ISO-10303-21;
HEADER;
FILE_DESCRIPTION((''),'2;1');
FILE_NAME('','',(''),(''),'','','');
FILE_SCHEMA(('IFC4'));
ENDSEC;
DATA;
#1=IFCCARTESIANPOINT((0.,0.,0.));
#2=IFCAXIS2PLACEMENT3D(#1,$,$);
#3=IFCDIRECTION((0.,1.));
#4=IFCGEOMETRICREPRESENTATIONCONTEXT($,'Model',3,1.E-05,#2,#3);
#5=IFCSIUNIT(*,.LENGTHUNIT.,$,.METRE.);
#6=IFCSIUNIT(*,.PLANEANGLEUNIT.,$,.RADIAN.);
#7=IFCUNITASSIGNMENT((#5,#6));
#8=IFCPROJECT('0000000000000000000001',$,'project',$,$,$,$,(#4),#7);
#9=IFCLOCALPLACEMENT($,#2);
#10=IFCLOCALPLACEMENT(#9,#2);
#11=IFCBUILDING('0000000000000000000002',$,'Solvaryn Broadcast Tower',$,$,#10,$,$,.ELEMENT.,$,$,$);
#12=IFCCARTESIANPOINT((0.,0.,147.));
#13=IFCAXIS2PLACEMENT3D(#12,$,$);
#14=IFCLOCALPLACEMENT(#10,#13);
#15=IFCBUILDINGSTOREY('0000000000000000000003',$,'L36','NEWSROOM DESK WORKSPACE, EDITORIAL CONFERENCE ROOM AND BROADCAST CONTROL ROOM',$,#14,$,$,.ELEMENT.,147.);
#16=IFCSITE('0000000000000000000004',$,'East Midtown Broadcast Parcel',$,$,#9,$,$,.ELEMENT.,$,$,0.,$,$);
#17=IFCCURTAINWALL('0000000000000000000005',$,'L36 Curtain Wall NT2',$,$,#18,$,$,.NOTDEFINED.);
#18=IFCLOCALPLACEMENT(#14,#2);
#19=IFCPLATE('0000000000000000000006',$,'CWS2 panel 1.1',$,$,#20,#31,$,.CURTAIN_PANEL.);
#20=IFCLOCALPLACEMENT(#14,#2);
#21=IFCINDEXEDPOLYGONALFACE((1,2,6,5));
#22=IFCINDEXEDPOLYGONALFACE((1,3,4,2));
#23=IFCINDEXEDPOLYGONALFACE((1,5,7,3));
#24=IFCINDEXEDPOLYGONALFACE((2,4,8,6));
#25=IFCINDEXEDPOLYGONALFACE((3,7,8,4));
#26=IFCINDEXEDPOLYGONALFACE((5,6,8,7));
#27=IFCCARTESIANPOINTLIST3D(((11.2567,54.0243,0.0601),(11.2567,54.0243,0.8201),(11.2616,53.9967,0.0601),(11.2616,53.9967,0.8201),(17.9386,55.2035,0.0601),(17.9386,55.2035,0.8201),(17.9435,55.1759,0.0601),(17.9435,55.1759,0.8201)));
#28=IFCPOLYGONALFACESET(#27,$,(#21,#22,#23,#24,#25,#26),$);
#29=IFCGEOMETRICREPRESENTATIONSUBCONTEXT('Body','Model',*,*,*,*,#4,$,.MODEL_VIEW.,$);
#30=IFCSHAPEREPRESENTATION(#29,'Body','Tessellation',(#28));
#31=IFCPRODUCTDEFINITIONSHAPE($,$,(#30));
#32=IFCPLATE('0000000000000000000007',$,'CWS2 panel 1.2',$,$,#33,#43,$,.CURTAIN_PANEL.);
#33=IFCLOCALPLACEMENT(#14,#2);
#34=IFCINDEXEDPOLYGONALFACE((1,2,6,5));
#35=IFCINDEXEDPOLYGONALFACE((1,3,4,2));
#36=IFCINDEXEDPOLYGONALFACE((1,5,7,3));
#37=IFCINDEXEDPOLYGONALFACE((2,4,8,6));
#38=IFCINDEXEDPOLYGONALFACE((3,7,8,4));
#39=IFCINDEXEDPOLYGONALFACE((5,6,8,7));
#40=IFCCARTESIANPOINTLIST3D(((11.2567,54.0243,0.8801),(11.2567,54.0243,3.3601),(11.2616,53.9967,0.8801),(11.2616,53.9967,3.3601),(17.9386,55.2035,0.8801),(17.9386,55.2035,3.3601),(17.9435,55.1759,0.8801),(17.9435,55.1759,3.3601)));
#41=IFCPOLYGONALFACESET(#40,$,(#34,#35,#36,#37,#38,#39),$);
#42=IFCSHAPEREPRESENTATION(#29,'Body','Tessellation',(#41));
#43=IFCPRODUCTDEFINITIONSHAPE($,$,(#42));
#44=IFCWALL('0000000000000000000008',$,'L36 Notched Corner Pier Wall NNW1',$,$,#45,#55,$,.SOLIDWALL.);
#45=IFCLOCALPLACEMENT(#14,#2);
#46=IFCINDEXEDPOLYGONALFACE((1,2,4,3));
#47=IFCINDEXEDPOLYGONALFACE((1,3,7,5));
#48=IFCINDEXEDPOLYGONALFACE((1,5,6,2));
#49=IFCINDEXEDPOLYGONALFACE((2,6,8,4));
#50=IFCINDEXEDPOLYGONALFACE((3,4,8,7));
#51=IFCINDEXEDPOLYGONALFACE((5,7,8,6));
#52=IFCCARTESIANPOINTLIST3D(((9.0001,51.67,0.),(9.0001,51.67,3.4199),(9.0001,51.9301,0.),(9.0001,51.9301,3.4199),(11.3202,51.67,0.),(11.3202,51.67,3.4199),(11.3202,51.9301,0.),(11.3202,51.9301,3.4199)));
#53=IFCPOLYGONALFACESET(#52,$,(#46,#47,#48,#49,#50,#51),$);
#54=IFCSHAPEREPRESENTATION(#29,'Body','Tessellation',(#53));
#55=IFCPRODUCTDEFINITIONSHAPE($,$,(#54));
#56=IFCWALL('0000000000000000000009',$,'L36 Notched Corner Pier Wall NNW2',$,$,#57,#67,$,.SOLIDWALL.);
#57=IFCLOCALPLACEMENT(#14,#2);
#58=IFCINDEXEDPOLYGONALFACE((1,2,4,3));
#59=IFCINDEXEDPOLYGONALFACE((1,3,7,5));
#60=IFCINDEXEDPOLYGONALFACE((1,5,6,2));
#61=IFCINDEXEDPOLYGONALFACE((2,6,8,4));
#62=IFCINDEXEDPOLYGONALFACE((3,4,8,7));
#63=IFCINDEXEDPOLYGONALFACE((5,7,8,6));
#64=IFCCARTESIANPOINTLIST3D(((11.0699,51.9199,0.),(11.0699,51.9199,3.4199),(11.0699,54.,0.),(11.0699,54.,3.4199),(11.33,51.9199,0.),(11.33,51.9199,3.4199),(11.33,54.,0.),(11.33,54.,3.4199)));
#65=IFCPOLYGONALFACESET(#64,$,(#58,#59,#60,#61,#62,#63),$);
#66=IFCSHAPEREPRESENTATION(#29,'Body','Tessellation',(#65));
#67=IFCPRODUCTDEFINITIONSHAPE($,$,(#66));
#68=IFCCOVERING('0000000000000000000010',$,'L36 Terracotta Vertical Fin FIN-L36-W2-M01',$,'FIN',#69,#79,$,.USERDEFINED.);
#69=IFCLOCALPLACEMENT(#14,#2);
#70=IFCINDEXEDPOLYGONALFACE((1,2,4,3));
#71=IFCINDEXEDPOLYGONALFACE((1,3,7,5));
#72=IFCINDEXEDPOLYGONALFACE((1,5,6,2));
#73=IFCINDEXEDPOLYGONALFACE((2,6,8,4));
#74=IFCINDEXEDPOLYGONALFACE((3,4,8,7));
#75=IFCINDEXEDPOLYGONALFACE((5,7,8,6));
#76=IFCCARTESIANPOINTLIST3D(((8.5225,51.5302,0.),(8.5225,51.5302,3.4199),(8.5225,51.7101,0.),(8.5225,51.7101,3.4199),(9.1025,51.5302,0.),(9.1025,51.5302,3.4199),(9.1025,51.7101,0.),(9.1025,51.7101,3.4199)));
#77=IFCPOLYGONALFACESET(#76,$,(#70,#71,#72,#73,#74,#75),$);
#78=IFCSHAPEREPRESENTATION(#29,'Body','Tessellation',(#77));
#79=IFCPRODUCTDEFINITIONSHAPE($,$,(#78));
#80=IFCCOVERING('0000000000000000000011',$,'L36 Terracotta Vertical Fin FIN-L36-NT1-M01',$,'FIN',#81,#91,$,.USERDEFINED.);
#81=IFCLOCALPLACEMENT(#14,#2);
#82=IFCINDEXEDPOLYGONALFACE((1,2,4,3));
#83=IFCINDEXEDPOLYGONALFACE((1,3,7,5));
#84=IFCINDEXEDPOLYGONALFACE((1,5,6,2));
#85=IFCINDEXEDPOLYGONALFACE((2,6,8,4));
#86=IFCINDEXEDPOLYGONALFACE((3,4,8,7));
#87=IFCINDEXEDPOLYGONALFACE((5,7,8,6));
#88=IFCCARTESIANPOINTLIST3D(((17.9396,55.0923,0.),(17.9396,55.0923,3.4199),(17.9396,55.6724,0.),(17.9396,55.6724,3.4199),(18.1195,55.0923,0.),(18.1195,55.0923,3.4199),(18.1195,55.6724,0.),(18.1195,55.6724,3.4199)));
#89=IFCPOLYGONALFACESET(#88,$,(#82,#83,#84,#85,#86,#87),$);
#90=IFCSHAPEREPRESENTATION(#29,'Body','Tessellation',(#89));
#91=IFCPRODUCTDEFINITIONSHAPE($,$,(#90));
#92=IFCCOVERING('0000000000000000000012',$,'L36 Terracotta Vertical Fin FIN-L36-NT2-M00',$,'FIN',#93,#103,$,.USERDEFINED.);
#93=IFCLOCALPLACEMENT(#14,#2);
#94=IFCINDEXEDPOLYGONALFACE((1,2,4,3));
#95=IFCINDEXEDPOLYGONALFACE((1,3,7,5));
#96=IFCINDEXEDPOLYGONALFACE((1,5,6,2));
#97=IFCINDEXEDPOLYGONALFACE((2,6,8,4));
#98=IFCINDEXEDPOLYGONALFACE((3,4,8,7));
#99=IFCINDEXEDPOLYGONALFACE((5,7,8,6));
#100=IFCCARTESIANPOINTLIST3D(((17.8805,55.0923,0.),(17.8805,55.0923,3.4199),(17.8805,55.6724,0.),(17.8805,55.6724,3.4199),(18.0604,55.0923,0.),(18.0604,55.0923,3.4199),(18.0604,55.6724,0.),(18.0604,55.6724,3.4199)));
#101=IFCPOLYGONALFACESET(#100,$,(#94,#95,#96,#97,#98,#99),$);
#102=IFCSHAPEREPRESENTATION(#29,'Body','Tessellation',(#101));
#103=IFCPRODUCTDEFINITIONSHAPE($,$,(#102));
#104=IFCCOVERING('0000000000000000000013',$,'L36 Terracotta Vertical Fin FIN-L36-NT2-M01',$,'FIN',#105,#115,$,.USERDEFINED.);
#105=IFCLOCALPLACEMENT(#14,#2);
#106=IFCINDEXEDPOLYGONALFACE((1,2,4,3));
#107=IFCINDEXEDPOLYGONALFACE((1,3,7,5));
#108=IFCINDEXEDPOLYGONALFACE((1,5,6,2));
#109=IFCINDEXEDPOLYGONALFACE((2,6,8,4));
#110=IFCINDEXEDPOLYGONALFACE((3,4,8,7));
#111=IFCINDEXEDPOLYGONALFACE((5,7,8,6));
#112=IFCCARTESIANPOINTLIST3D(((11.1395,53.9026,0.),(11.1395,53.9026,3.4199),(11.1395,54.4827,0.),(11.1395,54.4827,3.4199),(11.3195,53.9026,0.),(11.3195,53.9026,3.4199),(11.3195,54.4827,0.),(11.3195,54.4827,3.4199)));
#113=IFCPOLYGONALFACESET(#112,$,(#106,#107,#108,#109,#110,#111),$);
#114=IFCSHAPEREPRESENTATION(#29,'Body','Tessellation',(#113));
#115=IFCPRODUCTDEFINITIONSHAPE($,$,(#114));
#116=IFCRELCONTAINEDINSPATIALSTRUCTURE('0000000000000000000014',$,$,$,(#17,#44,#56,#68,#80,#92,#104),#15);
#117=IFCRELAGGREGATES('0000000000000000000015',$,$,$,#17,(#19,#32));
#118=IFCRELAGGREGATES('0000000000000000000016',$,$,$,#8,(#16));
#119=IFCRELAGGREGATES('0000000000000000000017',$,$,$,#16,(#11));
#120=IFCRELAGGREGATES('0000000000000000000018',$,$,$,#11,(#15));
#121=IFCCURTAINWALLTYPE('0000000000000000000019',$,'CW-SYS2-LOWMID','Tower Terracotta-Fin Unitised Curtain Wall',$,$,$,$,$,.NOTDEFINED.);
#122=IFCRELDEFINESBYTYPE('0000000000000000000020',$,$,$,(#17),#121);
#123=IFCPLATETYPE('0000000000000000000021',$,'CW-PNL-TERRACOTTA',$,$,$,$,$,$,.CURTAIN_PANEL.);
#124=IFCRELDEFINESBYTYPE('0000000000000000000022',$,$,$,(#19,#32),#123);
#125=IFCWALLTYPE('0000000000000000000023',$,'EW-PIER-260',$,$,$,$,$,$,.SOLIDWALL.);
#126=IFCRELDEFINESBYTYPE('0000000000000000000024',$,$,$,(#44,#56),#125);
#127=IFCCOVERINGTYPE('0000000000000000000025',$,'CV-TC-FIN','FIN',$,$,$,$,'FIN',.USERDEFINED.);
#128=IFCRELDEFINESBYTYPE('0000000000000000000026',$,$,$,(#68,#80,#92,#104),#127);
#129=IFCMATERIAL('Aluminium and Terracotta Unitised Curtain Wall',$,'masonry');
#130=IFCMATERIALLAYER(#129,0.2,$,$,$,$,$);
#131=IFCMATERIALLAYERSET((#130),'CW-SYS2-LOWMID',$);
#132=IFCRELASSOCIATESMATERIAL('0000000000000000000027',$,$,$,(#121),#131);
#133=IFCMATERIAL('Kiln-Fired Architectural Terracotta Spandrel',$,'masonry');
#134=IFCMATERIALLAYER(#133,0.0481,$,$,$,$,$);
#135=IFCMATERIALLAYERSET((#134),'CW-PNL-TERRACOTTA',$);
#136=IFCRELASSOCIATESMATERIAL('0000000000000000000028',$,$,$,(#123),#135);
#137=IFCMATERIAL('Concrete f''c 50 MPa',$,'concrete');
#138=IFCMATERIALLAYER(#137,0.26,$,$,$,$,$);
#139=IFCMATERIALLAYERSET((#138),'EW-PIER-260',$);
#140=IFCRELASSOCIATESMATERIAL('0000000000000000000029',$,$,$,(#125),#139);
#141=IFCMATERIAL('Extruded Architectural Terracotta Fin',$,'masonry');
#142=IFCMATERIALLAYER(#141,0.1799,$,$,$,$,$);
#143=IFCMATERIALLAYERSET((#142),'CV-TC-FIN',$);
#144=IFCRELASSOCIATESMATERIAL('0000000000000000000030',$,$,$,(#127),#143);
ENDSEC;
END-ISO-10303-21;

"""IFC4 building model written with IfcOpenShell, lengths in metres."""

from ifc_helpers import new_model, si_unit, direction, frame, frame_2d, origin, origin_2d, place, context, subcontext, project, spatial, rectangle, extrude, material, layer, layer_set, type_object, element, aggregate, save


model = new_model("IFC4")

# Units and contexts
model_context = context("Model", 3, precision=1e-05, world=origin(), true_north=direction((0.0, 1.0)))
body_context = subcontext(model_context, "Body", "Model", "MODEL_VIEW")
ifc_project = project(units=[si_unit("LENGTHUNIT", "METRE"), si_unit("PLANEANGLEUNIT", "RADIAN")], contexts=[model_context])

# Site, building, storey
site_placement = place(None, origin())
site = spatial("IfcSite", under=ifc_project, at=site_placement, Name="East Midtown Broadcast Parcel", CompositionType="ELEMENT", RefElevation=0.0)
building_placement = place(site_placement, origin())
building = spatial("IfcBuilding", under=site, at=building_placement, Name="Solvaryn Broadcast Tower", CompositionType="ELEMENT")
storey_placement = place(building_placement, frame((0.0, 0.0, 147.0)))
storey = spatial("IfcBuildingStorey", under=building, at=storey_placement, Name="L36", Description="NEWSROOM DESK WORKSPACE, EDITORIAL CONFERENCE ROOM AND BROADCAST CONTROL ROOM", CompositionType="ELEMENT", Elevation=147.0)

# Shared definitions
ifc_material_1 = material(Name="Aluminium and Terracotta Unitised Curtain Wall", Category="masonry")
ifc_layer_1 = layer(ifc_material_1, 0.2)
ifc_layer_set_1 = layer_set([ifc_layer_1], Name="CW-SYS2-LOWMID")
curtain_wall_type = type_object("IfcCurtainWallType", Name="CW-SYS2-LOWMID", Description="Tower Terracotta-Fin Unitised Curtain Wall", PredefinedType="NOTDEFINED", material=ifc_layer_set_1)

# Curtain wall
curtain_wall_1_placement = place(storey_placement, origin())
curtain_wall_1 = element("IfcCurtainWall", 1, at=curtain_wall_1_placement, inside=storey, type_object=curtain_wall_type, Name="L36 Curtain Wall NT2", PredefinedType="NOTDEFINED")

# Plates
ifc_material_2 = material(Name="Kiln-Fired Architectural Terracotta Spandrel", Category="masonry")
ifc_layer_2 = layer(ifc_material_2, 0.0481)
ifc_layer_set_2 = layer_set([ifc_layer_2], Name="CW-PNL-TERRACOTTA")
plate_type = type_object("IfcPlateType", Name="CW-PNL-TERRACOTTA", PredefinedType="CURTAIN_PANEL", material=ifc_layer_set_2)
plate_1_placement = place(storey_placement, frame((14.6001, 54.6001, 0.0601), z_axis=(0.0, 0.0, 1.0), x_axis=(-0.984784, -0.173785, 0.0)))
plate_1 = element("IfcPlate", 2, at=plate_1_placement, type_object=plate_type, Name="CWS2 panel 1.1", PredefinedType="CURTAIN_PANEL", context=body_context, shape_type="SweptSolid", body=[
    extrude(rectangle(XDim=6.7852, YDim=0.0281, at=origin_2d()), origin(), (0.0, 0.0, 1.0), 0.76),
])
plate_2_placement = place(storey_placement, frame((14.6001, 54.6001, 0.8801), z_axis=(0.0, 0.0, 1.0), x_axis=(-0.984784, -0.173785, 0.0)))
plate_2 = element("IfcPlate", 3, at=plate_2_placement, type_object=plate_type, Name="CWS2 panel 1.2", PredefinedType="CURTAIN_PANEL", context=body_context, shape_type="SweptSolid", body=[
    extrude(rectangle(XDim=6.7852, YDim=0.0281, at=origin_2d()), origin(), (0.0, 0.0, 1.0), 2.48),
])
aggregate(curtain_wall_1, [plate_1, plate_2])

# Walls
ifc_material_3 = material(Name="Concrete f'c 50 MPa", Category="concrete")
ifc_layer_3 = layer(ifc_material_3, 0.26)
ifc_layer_set_3 = layer_set([ifc_layer_3], Name="EW-PIER-260")
wall_type = type_object("IfcWallType", Name="EW-PIER-260", PredefinedType="SOLIDWALL", material=ifc_layer_set_3)
wall_1_placement = place(storey_placement, frame((9.0, 51.8, 0.0), z_axis=(0.0, 0.0, 1.0), x_axis=(1.0, 0.0, 0.0)))
element("IfcWall", 4, at=wall_1_placement, inside=storey, type_object=wall_type, Name="L36 Notched Corner Pier Wall NNW1", PredefinedType="SOLIDWALL", context=body_context, shape_type="SweptSolid", body=[
    extrude(rectangle(XDim=2.3201, YDim=0.26, at=frame_2d((1.1602, 0.0))), origin(), (0.0, 0.0, 1.0), 3.4199),
])
wall_2_placement = place(storey_placement, frame((11.2, 51.9199, 0.0), z_axis=(0.0, 0.0, 1.0), x_axis=(0.0, 1.0, 0.0)))
element("IfcWall", 5, at=wall_2_placement, inside=storey, type_object=wall_type, Name="L36 Notched Corner Pier Wall NNW2", PredefinedType="SOLIDWALL", context=body_context, shape_type="SweptSolid", body=[
    extrude(rectangle(XDim=2.0801, YDim=0.26, at=frame_2d((1.04, 0.0))), origin(), (0.0, 0.0, 1.0), 3.4199),
])

# Coverings
ifc_material_4 = material(Name="Extruded Architectural Terracotta Fin", Category="masonry")
ifc_layer_4 = layer(ifc_material_4, 0.1799)
ifc_layer_set_4 = layer_set([ifc_layer_4], Name="CV-TC-FIN")
covering_type = type_object("IfcCoveringType", Name="CV-TC-FIN", Description="FIN", ElementType="FIN", PredefinedType="USERDEFINED", material=ifc_layer_set_4)
covering_placement = place(storey_placement, frame((8.8125, 51.6201, 0.0), z_axis=(0.0, 0.0, 1.0), x_axis=(1.0, 0.0, 0.0)))
element("IfcCovering", 6, at=covering_placement, inside=storey, type_object=covering_type, Name="L36 Terracotta Vertical Fin FIN-L36-W2-M01", ObjectType="FIN", PredefinedType="USERDEFINED", context=body_context, shape_type="SweptSolid", body=[
    extrude(rectangle(XDim=0.5801, YDim=0.1799, at=origin_2d()), origin(), (0.0, 0.0, 1.0), 3.4199),
])
for number, where, z_axis, x_axis, name in (
    (7, (18.0295, 55.3823, 0.0), (0.0, 0.0, 1.0), (1.0, 0.0, 0.0), "L36 Terracotta Vertical Fin FIN-L36-NT1-M01"),
    (8, (17.9705, 55.3823, 0.0), (0.0, 0.0, 1.0), (1.0, 0.0, 0.0), "L36 Terracotta Vertical Fin FIN-L36-NT2-M00"),
    (9, (11.2295, 54.1926, 0.0), (0.0, 0.0, 1.0), (1.0, 0.0, 0.0), "L36 Terracotta Vertical Fin FIN-L36-NT2-M01"),
):
    element("IfcCovering", number, at=place(storey_placement, frame(where, z_axis=z_axis, x_axis=x_axis)), inside=storey, type_object=covering_type, Name=name, ObjectType="FIN", PredefinedType="USERDEFINED", context=body_context, shape_type="SweptSolid", body=[
        extrude(rectangle(XDim=0.1799, YDim=0.5801, at=origin_2d()), origin(), (0.0, 0.0, 1.0), 3.4199),
    ])

save(model, "model.ifc")
